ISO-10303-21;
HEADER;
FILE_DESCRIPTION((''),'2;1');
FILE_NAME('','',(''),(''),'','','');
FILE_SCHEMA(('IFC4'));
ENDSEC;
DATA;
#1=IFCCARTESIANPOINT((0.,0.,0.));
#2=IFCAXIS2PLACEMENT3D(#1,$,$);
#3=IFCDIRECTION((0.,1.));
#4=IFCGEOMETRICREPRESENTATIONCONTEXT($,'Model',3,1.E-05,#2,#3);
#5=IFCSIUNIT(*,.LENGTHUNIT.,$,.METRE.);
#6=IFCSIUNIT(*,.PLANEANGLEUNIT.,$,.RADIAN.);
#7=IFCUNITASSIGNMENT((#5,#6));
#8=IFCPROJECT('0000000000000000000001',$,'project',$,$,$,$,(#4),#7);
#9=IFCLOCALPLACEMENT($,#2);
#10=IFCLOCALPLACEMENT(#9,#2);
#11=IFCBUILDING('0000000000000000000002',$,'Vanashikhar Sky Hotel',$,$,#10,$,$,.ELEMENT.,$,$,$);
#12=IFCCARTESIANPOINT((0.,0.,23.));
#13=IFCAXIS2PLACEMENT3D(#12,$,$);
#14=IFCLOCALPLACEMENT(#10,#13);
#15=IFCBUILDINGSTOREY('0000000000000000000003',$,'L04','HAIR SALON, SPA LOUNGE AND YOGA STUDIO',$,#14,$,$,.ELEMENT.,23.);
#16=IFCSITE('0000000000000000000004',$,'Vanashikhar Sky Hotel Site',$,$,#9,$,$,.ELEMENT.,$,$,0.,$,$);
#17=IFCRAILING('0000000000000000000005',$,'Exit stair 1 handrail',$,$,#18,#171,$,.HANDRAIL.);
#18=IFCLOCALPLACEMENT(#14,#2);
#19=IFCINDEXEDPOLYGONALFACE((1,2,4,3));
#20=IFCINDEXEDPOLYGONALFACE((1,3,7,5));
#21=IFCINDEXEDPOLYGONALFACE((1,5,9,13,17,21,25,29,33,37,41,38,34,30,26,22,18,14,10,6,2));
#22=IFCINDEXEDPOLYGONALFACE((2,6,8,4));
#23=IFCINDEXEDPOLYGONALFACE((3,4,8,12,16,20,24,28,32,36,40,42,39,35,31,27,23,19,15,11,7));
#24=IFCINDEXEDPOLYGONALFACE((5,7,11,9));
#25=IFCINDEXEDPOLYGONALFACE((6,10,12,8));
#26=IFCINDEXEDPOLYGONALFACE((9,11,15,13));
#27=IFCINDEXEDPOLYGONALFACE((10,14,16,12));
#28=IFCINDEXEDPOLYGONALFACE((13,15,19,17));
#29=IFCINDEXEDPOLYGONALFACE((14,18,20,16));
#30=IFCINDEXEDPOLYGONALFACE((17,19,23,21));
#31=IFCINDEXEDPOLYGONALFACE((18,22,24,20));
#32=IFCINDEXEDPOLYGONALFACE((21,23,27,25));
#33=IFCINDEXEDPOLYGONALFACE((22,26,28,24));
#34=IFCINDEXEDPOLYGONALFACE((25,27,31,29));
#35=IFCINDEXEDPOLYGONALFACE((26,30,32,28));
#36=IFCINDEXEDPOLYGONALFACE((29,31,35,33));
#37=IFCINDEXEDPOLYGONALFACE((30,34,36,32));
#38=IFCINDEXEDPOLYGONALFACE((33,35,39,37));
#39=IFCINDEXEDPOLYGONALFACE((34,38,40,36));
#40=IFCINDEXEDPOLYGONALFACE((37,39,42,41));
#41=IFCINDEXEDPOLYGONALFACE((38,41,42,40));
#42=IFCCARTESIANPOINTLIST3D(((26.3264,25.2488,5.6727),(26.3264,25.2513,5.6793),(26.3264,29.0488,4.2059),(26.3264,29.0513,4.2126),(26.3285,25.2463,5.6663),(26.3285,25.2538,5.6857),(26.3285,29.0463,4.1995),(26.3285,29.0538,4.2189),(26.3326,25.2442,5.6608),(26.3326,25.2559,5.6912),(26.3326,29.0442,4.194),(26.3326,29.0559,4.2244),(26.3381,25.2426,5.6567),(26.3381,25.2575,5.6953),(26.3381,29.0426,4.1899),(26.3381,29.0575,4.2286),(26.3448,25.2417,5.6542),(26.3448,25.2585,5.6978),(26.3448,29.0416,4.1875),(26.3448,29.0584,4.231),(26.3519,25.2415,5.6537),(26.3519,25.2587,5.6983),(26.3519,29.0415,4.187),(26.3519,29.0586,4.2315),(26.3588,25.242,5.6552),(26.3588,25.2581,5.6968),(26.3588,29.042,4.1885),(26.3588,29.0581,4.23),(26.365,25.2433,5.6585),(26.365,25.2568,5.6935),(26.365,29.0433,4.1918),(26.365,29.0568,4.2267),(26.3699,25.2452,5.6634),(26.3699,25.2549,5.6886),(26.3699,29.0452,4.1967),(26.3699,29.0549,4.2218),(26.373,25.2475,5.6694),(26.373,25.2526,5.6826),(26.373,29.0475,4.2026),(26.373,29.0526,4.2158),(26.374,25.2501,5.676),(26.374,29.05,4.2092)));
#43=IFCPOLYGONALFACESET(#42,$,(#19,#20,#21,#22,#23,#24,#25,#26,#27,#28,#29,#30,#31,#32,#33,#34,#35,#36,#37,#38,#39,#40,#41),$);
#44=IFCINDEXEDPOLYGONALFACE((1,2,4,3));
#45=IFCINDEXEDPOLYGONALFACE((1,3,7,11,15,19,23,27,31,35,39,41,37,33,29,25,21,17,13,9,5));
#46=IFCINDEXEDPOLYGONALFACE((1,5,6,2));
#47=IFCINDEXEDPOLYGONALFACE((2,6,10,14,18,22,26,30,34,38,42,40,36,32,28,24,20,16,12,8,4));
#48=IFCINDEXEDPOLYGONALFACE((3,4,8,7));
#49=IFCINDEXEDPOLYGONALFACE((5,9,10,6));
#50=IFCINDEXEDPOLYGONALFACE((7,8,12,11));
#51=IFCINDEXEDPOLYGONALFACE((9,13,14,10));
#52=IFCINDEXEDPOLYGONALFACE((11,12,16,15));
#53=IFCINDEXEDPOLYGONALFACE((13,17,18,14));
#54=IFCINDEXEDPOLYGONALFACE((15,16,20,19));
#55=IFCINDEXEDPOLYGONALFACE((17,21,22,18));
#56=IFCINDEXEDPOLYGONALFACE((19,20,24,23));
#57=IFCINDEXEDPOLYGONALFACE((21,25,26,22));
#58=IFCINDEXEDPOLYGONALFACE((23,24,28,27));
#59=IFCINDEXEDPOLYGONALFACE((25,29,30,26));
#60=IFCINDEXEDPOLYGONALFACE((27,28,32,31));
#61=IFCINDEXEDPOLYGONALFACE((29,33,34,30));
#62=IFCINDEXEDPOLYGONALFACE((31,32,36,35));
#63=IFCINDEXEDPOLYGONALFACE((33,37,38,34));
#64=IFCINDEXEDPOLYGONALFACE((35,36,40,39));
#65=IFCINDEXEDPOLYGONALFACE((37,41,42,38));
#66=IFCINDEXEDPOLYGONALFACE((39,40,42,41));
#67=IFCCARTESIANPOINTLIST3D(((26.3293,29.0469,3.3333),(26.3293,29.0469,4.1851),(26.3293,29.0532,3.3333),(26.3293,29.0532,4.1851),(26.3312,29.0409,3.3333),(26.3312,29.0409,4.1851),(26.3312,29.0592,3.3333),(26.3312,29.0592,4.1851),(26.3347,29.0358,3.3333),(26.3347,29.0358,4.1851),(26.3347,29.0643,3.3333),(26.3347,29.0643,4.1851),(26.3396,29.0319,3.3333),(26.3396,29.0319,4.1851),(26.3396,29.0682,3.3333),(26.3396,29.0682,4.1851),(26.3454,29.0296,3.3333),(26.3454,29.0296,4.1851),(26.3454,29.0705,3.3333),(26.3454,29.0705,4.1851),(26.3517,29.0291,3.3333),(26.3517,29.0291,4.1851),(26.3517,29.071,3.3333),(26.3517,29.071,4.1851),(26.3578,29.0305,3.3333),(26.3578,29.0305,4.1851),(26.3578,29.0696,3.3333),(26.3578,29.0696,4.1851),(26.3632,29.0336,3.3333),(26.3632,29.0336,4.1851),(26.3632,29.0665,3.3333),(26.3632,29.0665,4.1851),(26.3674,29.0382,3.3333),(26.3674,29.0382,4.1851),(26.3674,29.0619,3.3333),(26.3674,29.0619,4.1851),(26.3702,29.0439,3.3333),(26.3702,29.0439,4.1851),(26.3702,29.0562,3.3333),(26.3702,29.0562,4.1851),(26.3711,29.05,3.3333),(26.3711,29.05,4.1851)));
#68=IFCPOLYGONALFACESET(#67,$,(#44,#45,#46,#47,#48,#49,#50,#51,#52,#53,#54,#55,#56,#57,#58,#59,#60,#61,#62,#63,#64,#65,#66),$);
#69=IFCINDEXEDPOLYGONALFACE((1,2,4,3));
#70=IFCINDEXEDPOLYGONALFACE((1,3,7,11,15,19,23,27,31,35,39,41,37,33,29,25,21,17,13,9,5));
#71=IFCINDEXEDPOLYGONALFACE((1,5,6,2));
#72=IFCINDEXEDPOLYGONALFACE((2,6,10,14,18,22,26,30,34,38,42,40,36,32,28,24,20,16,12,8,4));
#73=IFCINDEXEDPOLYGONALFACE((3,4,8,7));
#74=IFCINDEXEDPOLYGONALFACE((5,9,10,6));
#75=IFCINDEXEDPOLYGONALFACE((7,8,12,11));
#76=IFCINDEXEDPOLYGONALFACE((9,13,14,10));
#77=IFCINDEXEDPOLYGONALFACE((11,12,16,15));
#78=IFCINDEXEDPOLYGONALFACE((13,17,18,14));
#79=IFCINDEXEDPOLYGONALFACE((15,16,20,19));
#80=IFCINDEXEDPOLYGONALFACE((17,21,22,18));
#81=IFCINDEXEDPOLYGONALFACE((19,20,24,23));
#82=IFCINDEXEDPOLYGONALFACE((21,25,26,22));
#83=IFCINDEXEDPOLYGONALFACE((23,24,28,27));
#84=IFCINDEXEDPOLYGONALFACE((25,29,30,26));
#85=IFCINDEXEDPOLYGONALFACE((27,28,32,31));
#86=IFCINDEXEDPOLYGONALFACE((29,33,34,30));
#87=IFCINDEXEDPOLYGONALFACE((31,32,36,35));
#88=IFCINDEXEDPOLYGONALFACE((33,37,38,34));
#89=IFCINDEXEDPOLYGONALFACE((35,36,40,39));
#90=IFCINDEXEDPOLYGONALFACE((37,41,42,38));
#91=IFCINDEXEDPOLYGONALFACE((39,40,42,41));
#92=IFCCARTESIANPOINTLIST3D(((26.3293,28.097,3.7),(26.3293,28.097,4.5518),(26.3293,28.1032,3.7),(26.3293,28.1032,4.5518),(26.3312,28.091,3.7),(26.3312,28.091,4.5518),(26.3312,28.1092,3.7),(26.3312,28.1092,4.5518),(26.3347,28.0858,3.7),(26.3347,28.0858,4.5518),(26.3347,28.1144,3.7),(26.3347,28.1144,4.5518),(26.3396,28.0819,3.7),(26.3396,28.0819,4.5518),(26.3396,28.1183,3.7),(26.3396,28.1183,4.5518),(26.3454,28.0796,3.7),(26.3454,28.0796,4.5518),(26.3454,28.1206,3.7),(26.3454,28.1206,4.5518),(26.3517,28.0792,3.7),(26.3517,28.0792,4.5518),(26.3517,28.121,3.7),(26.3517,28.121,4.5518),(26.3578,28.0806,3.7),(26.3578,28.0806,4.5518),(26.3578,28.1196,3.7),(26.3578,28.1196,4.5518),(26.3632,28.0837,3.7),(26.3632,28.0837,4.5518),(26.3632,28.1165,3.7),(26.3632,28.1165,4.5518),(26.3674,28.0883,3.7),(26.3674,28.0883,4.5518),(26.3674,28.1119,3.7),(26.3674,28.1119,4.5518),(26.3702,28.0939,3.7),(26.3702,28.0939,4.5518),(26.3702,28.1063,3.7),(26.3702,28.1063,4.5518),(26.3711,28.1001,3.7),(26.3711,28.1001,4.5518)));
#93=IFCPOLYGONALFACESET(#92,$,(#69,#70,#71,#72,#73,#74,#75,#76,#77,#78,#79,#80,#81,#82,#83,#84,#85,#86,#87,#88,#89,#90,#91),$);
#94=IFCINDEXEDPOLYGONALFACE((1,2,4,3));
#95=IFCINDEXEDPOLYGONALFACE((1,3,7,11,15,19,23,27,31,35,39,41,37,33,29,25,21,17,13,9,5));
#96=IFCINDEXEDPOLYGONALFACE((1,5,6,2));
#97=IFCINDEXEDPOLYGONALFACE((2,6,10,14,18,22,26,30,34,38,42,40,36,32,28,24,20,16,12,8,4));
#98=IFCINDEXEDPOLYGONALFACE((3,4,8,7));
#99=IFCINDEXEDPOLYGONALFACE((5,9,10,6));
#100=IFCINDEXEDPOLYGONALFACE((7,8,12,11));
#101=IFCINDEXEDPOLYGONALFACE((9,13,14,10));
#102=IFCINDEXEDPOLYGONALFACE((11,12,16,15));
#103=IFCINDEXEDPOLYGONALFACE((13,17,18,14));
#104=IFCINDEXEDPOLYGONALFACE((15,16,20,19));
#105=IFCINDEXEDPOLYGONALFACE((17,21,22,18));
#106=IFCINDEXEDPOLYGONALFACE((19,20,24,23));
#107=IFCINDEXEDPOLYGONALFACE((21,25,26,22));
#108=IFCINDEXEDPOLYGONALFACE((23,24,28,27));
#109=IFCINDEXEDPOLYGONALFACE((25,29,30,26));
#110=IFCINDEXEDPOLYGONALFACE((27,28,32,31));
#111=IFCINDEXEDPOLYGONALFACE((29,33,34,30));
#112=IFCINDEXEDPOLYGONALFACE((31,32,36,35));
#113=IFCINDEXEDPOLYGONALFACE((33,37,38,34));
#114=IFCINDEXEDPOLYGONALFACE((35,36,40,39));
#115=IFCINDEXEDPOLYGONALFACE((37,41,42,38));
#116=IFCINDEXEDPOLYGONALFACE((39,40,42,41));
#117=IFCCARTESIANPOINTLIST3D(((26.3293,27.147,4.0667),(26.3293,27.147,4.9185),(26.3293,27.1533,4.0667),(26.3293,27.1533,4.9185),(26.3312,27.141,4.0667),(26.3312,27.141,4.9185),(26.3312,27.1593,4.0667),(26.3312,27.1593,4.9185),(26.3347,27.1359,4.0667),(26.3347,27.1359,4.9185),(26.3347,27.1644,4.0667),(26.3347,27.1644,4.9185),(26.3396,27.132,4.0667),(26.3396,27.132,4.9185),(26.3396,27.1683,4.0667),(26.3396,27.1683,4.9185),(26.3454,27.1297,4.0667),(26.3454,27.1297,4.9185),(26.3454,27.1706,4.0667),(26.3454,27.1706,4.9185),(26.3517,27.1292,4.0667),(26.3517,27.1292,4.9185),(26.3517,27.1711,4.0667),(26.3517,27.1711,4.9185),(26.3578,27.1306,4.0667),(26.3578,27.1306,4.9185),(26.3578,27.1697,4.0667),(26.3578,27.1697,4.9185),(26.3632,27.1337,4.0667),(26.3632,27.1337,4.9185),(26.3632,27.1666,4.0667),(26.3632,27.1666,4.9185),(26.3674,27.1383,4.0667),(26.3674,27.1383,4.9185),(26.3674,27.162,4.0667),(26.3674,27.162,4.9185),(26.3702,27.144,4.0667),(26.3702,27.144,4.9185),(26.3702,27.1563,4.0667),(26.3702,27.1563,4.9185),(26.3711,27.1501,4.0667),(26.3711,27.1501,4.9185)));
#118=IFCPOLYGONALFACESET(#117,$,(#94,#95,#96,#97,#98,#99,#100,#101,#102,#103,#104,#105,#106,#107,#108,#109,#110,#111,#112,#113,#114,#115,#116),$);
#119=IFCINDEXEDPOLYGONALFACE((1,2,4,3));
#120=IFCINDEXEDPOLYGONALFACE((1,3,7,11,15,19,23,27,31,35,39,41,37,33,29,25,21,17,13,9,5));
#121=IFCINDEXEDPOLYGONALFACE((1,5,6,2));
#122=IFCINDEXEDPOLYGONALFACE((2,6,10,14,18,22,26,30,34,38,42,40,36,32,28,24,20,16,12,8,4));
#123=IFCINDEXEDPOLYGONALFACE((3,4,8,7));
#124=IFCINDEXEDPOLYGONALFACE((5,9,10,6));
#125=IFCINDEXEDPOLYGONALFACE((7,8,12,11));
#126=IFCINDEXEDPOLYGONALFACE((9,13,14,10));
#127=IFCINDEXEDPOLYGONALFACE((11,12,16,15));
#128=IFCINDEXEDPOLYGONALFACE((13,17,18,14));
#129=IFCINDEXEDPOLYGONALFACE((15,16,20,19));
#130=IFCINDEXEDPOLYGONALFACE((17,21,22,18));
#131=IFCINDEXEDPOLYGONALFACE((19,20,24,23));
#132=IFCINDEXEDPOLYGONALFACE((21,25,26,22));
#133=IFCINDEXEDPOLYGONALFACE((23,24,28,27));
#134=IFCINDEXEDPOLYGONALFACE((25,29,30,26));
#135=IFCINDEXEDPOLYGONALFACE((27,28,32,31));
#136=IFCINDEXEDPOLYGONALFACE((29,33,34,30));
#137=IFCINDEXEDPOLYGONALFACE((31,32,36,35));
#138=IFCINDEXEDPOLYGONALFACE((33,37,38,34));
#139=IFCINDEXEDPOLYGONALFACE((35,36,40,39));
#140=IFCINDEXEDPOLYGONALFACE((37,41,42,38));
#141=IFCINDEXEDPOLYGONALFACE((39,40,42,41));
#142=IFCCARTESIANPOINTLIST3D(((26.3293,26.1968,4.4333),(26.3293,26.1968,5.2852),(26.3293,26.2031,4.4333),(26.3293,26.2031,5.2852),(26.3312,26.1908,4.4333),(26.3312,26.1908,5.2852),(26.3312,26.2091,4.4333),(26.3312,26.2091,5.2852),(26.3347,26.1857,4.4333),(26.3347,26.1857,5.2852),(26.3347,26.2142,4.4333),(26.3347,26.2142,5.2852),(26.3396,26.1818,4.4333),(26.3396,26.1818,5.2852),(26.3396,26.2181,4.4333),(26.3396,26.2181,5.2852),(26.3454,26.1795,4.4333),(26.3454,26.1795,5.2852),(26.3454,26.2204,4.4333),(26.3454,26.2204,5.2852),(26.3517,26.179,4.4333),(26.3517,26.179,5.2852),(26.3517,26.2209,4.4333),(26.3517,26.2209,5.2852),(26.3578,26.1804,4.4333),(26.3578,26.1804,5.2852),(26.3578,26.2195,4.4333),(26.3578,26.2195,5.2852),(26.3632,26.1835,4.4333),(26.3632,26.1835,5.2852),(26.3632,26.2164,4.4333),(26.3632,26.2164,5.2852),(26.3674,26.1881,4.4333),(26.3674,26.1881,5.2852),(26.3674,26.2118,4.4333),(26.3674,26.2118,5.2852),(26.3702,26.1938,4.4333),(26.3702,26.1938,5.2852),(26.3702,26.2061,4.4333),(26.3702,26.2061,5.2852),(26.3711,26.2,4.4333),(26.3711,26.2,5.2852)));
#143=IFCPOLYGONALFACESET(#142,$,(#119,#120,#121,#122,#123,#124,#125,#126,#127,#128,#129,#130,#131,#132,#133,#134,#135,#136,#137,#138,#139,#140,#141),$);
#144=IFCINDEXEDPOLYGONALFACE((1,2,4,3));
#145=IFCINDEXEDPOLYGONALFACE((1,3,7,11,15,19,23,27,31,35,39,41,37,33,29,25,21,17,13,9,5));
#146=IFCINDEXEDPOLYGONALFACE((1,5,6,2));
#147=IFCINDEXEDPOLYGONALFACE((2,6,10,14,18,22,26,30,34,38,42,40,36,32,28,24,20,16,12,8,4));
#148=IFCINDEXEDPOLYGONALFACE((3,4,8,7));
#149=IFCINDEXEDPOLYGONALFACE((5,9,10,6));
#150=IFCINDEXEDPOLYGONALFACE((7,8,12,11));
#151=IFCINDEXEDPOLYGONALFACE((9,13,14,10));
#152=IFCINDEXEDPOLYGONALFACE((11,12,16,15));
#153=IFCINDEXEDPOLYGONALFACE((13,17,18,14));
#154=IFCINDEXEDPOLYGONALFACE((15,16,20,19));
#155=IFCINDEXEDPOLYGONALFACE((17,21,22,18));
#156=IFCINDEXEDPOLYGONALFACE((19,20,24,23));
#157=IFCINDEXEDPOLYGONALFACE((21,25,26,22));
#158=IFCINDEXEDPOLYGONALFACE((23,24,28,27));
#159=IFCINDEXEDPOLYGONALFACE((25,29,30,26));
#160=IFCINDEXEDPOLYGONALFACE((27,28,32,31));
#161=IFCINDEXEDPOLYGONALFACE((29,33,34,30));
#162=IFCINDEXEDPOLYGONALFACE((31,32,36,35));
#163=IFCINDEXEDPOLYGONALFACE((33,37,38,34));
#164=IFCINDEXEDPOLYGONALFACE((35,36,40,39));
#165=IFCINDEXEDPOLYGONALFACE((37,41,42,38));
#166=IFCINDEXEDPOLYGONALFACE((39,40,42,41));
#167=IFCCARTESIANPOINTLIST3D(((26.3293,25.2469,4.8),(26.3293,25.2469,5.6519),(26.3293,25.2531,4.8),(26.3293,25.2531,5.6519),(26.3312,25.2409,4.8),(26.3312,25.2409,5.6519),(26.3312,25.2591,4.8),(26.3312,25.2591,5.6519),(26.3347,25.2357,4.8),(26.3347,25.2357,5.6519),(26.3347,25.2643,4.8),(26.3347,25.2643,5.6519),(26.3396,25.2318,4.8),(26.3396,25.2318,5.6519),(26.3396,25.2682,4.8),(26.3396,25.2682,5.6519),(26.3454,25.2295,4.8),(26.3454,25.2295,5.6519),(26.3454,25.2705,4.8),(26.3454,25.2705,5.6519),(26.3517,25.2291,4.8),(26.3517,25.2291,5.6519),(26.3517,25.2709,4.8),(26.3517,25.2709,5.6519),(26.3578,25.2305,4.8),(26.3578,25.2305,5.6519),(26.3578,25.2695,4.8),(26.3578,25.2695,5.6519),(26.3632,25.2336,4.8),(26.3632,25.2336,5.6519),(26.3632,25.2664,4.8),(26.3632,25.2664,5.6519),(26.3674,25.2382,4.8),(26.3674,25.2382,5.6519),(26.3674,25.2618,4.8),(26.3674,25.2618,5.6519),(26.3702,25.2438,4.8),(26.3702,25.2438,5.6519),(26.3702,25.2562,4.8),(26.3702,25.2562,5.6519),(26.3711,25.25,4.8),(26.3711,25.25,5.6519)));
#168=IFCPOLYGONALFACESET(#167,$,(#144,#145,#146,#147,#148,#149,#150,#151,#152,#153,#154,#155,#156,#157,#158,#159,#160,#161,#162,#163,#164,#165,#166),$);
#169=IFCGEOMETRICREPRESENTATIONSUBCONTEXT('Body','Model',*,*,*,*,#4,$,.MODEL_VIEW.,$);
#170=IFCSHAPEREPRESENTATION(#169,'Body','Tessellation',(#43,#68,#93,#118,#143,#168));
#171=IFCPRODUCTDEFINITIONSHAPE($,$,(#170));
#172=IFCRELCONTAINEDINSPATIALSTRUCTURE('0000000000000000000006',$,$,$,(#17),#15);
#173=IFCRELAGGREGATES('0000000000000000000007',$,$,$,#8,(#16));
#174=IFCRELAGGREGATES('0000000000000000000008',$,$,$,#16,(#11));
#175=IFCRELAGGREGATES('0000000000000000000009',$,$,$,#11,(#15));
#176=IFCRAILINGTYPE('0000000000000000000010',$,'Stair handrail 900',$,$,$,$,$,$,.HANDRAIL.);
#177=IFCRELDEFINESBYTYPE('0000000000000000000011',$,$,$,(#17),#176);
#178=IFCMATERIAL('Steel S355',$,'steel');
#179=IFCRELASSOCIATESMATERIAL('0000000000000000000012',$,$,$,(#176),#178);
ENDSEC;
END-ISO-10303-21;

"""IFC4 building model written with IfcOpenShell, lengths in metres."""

from ifc_helpers import new_model, si_unit, direction, frame, origin, origin_2d, place, context, subcontext, project, spatial, circle, extrude, source, transform, mapped, material, type_object, element, save


model = new_model("IFC4")

# Units and contexts
model_context = context("Model", 3, precision=1e-05, world=origin(), true_north=direction((0.0, 1.0)))
body_context = subcontext(model_context, "Body", "Model", "MODEL_VIEW")
ifc_project = project(units=[si_unit("LENGTHUNIT", "METRE"), si_unit("PLANEANGLEUNIT", "RADIAN")], contexts=[model_context])

# Site, building, storey
site_placement = place(None, origin())
site = spatial("IfcSite", under=ifc_project, at=site_placement, Name="Vanashikhar Sky Hotel Site", CompositionType="ELEMENT", RefElevation=0.0)
building_placement = place(site_placement, origin())
building = spatial("IfcBuilding", under=site, at=building_placement, Name="Vanashikhar Sky Hotel", CompositionType="ELEMENT")
storey_placement = place(building_placement, frame((0.0, 0.0, 23.0)))
storey = spatial("IfcBuildingStorey", under=building, at=storey_placement, Name="L04", Description="HAIR SALON, SPA LOUNGE AND YOGA STUDIO", CompositionType="ELEMENT", Elevation=23.0)

# Railing
ifc_material_1 = material(Name="Steel S355", Category="steel")
railing_type_1 = type_object("IfcRailingType", Name="Stair handrail 900", PredefinedType="HANDRAIL", material=ifc_material_1)
shared_shape_1 = source(origin(), body_context, "Body", "SweptSolid", [
    extrude(circle(Radius=0.0239, at=origin_2d()), frame((0.0, 0.0, 0.876), z_axis=(0.0, -0.932914, 0.360099), x_axis=(1.0, 0.0, 0.0)), (0.0, 0.0, 1.0), 4.0732),
    extrude(circle(Radius=0.021, at=origin_2d()), origin(), (0.0, 0.0, 1.0), 0.8518),
    extrude(circle(Radius=0.021, at=origin_2d()), frame((0.0, -0.95, 0.3667)), (0.0, 0.0, 1.0), 0.8518),
    extrude(circle(Radius=0.021, at=origin_2d()), frame((0.0, -1.8999, 0.7334)), (0.0, 0.0, 1.0), 0.8518),
    extrude(circle(Radius=0.021, at=origin_2d()), frame((0.0, -2.8501, 1.1001)), (0.0, 0.0, 1.0), 0.8518),
    extrude(circle(Radius=0.021, at=origin_2d()), frame((0.0, -3.8, 1.4668)), (0.0, 0.0, 1.0), 0.8518),
])
for number, where, name in (
    (1, (26.3501, 29.05, 3.3333), "Exit stair 1 handrail"),
):
    element("IfcRailing", number, at=place(storey_placement, frame(where)), inside=storey, type_object=railing_type_1, Name=name, PredefinedType="HANDRAIL", context=body_context, shape_type="MappedRepresentation", body=[
        mapped(shared_shape_1, transform((0.0, 0.0, 0.0), scale=1.0)),
    ])

save(model, "model.ifc")
